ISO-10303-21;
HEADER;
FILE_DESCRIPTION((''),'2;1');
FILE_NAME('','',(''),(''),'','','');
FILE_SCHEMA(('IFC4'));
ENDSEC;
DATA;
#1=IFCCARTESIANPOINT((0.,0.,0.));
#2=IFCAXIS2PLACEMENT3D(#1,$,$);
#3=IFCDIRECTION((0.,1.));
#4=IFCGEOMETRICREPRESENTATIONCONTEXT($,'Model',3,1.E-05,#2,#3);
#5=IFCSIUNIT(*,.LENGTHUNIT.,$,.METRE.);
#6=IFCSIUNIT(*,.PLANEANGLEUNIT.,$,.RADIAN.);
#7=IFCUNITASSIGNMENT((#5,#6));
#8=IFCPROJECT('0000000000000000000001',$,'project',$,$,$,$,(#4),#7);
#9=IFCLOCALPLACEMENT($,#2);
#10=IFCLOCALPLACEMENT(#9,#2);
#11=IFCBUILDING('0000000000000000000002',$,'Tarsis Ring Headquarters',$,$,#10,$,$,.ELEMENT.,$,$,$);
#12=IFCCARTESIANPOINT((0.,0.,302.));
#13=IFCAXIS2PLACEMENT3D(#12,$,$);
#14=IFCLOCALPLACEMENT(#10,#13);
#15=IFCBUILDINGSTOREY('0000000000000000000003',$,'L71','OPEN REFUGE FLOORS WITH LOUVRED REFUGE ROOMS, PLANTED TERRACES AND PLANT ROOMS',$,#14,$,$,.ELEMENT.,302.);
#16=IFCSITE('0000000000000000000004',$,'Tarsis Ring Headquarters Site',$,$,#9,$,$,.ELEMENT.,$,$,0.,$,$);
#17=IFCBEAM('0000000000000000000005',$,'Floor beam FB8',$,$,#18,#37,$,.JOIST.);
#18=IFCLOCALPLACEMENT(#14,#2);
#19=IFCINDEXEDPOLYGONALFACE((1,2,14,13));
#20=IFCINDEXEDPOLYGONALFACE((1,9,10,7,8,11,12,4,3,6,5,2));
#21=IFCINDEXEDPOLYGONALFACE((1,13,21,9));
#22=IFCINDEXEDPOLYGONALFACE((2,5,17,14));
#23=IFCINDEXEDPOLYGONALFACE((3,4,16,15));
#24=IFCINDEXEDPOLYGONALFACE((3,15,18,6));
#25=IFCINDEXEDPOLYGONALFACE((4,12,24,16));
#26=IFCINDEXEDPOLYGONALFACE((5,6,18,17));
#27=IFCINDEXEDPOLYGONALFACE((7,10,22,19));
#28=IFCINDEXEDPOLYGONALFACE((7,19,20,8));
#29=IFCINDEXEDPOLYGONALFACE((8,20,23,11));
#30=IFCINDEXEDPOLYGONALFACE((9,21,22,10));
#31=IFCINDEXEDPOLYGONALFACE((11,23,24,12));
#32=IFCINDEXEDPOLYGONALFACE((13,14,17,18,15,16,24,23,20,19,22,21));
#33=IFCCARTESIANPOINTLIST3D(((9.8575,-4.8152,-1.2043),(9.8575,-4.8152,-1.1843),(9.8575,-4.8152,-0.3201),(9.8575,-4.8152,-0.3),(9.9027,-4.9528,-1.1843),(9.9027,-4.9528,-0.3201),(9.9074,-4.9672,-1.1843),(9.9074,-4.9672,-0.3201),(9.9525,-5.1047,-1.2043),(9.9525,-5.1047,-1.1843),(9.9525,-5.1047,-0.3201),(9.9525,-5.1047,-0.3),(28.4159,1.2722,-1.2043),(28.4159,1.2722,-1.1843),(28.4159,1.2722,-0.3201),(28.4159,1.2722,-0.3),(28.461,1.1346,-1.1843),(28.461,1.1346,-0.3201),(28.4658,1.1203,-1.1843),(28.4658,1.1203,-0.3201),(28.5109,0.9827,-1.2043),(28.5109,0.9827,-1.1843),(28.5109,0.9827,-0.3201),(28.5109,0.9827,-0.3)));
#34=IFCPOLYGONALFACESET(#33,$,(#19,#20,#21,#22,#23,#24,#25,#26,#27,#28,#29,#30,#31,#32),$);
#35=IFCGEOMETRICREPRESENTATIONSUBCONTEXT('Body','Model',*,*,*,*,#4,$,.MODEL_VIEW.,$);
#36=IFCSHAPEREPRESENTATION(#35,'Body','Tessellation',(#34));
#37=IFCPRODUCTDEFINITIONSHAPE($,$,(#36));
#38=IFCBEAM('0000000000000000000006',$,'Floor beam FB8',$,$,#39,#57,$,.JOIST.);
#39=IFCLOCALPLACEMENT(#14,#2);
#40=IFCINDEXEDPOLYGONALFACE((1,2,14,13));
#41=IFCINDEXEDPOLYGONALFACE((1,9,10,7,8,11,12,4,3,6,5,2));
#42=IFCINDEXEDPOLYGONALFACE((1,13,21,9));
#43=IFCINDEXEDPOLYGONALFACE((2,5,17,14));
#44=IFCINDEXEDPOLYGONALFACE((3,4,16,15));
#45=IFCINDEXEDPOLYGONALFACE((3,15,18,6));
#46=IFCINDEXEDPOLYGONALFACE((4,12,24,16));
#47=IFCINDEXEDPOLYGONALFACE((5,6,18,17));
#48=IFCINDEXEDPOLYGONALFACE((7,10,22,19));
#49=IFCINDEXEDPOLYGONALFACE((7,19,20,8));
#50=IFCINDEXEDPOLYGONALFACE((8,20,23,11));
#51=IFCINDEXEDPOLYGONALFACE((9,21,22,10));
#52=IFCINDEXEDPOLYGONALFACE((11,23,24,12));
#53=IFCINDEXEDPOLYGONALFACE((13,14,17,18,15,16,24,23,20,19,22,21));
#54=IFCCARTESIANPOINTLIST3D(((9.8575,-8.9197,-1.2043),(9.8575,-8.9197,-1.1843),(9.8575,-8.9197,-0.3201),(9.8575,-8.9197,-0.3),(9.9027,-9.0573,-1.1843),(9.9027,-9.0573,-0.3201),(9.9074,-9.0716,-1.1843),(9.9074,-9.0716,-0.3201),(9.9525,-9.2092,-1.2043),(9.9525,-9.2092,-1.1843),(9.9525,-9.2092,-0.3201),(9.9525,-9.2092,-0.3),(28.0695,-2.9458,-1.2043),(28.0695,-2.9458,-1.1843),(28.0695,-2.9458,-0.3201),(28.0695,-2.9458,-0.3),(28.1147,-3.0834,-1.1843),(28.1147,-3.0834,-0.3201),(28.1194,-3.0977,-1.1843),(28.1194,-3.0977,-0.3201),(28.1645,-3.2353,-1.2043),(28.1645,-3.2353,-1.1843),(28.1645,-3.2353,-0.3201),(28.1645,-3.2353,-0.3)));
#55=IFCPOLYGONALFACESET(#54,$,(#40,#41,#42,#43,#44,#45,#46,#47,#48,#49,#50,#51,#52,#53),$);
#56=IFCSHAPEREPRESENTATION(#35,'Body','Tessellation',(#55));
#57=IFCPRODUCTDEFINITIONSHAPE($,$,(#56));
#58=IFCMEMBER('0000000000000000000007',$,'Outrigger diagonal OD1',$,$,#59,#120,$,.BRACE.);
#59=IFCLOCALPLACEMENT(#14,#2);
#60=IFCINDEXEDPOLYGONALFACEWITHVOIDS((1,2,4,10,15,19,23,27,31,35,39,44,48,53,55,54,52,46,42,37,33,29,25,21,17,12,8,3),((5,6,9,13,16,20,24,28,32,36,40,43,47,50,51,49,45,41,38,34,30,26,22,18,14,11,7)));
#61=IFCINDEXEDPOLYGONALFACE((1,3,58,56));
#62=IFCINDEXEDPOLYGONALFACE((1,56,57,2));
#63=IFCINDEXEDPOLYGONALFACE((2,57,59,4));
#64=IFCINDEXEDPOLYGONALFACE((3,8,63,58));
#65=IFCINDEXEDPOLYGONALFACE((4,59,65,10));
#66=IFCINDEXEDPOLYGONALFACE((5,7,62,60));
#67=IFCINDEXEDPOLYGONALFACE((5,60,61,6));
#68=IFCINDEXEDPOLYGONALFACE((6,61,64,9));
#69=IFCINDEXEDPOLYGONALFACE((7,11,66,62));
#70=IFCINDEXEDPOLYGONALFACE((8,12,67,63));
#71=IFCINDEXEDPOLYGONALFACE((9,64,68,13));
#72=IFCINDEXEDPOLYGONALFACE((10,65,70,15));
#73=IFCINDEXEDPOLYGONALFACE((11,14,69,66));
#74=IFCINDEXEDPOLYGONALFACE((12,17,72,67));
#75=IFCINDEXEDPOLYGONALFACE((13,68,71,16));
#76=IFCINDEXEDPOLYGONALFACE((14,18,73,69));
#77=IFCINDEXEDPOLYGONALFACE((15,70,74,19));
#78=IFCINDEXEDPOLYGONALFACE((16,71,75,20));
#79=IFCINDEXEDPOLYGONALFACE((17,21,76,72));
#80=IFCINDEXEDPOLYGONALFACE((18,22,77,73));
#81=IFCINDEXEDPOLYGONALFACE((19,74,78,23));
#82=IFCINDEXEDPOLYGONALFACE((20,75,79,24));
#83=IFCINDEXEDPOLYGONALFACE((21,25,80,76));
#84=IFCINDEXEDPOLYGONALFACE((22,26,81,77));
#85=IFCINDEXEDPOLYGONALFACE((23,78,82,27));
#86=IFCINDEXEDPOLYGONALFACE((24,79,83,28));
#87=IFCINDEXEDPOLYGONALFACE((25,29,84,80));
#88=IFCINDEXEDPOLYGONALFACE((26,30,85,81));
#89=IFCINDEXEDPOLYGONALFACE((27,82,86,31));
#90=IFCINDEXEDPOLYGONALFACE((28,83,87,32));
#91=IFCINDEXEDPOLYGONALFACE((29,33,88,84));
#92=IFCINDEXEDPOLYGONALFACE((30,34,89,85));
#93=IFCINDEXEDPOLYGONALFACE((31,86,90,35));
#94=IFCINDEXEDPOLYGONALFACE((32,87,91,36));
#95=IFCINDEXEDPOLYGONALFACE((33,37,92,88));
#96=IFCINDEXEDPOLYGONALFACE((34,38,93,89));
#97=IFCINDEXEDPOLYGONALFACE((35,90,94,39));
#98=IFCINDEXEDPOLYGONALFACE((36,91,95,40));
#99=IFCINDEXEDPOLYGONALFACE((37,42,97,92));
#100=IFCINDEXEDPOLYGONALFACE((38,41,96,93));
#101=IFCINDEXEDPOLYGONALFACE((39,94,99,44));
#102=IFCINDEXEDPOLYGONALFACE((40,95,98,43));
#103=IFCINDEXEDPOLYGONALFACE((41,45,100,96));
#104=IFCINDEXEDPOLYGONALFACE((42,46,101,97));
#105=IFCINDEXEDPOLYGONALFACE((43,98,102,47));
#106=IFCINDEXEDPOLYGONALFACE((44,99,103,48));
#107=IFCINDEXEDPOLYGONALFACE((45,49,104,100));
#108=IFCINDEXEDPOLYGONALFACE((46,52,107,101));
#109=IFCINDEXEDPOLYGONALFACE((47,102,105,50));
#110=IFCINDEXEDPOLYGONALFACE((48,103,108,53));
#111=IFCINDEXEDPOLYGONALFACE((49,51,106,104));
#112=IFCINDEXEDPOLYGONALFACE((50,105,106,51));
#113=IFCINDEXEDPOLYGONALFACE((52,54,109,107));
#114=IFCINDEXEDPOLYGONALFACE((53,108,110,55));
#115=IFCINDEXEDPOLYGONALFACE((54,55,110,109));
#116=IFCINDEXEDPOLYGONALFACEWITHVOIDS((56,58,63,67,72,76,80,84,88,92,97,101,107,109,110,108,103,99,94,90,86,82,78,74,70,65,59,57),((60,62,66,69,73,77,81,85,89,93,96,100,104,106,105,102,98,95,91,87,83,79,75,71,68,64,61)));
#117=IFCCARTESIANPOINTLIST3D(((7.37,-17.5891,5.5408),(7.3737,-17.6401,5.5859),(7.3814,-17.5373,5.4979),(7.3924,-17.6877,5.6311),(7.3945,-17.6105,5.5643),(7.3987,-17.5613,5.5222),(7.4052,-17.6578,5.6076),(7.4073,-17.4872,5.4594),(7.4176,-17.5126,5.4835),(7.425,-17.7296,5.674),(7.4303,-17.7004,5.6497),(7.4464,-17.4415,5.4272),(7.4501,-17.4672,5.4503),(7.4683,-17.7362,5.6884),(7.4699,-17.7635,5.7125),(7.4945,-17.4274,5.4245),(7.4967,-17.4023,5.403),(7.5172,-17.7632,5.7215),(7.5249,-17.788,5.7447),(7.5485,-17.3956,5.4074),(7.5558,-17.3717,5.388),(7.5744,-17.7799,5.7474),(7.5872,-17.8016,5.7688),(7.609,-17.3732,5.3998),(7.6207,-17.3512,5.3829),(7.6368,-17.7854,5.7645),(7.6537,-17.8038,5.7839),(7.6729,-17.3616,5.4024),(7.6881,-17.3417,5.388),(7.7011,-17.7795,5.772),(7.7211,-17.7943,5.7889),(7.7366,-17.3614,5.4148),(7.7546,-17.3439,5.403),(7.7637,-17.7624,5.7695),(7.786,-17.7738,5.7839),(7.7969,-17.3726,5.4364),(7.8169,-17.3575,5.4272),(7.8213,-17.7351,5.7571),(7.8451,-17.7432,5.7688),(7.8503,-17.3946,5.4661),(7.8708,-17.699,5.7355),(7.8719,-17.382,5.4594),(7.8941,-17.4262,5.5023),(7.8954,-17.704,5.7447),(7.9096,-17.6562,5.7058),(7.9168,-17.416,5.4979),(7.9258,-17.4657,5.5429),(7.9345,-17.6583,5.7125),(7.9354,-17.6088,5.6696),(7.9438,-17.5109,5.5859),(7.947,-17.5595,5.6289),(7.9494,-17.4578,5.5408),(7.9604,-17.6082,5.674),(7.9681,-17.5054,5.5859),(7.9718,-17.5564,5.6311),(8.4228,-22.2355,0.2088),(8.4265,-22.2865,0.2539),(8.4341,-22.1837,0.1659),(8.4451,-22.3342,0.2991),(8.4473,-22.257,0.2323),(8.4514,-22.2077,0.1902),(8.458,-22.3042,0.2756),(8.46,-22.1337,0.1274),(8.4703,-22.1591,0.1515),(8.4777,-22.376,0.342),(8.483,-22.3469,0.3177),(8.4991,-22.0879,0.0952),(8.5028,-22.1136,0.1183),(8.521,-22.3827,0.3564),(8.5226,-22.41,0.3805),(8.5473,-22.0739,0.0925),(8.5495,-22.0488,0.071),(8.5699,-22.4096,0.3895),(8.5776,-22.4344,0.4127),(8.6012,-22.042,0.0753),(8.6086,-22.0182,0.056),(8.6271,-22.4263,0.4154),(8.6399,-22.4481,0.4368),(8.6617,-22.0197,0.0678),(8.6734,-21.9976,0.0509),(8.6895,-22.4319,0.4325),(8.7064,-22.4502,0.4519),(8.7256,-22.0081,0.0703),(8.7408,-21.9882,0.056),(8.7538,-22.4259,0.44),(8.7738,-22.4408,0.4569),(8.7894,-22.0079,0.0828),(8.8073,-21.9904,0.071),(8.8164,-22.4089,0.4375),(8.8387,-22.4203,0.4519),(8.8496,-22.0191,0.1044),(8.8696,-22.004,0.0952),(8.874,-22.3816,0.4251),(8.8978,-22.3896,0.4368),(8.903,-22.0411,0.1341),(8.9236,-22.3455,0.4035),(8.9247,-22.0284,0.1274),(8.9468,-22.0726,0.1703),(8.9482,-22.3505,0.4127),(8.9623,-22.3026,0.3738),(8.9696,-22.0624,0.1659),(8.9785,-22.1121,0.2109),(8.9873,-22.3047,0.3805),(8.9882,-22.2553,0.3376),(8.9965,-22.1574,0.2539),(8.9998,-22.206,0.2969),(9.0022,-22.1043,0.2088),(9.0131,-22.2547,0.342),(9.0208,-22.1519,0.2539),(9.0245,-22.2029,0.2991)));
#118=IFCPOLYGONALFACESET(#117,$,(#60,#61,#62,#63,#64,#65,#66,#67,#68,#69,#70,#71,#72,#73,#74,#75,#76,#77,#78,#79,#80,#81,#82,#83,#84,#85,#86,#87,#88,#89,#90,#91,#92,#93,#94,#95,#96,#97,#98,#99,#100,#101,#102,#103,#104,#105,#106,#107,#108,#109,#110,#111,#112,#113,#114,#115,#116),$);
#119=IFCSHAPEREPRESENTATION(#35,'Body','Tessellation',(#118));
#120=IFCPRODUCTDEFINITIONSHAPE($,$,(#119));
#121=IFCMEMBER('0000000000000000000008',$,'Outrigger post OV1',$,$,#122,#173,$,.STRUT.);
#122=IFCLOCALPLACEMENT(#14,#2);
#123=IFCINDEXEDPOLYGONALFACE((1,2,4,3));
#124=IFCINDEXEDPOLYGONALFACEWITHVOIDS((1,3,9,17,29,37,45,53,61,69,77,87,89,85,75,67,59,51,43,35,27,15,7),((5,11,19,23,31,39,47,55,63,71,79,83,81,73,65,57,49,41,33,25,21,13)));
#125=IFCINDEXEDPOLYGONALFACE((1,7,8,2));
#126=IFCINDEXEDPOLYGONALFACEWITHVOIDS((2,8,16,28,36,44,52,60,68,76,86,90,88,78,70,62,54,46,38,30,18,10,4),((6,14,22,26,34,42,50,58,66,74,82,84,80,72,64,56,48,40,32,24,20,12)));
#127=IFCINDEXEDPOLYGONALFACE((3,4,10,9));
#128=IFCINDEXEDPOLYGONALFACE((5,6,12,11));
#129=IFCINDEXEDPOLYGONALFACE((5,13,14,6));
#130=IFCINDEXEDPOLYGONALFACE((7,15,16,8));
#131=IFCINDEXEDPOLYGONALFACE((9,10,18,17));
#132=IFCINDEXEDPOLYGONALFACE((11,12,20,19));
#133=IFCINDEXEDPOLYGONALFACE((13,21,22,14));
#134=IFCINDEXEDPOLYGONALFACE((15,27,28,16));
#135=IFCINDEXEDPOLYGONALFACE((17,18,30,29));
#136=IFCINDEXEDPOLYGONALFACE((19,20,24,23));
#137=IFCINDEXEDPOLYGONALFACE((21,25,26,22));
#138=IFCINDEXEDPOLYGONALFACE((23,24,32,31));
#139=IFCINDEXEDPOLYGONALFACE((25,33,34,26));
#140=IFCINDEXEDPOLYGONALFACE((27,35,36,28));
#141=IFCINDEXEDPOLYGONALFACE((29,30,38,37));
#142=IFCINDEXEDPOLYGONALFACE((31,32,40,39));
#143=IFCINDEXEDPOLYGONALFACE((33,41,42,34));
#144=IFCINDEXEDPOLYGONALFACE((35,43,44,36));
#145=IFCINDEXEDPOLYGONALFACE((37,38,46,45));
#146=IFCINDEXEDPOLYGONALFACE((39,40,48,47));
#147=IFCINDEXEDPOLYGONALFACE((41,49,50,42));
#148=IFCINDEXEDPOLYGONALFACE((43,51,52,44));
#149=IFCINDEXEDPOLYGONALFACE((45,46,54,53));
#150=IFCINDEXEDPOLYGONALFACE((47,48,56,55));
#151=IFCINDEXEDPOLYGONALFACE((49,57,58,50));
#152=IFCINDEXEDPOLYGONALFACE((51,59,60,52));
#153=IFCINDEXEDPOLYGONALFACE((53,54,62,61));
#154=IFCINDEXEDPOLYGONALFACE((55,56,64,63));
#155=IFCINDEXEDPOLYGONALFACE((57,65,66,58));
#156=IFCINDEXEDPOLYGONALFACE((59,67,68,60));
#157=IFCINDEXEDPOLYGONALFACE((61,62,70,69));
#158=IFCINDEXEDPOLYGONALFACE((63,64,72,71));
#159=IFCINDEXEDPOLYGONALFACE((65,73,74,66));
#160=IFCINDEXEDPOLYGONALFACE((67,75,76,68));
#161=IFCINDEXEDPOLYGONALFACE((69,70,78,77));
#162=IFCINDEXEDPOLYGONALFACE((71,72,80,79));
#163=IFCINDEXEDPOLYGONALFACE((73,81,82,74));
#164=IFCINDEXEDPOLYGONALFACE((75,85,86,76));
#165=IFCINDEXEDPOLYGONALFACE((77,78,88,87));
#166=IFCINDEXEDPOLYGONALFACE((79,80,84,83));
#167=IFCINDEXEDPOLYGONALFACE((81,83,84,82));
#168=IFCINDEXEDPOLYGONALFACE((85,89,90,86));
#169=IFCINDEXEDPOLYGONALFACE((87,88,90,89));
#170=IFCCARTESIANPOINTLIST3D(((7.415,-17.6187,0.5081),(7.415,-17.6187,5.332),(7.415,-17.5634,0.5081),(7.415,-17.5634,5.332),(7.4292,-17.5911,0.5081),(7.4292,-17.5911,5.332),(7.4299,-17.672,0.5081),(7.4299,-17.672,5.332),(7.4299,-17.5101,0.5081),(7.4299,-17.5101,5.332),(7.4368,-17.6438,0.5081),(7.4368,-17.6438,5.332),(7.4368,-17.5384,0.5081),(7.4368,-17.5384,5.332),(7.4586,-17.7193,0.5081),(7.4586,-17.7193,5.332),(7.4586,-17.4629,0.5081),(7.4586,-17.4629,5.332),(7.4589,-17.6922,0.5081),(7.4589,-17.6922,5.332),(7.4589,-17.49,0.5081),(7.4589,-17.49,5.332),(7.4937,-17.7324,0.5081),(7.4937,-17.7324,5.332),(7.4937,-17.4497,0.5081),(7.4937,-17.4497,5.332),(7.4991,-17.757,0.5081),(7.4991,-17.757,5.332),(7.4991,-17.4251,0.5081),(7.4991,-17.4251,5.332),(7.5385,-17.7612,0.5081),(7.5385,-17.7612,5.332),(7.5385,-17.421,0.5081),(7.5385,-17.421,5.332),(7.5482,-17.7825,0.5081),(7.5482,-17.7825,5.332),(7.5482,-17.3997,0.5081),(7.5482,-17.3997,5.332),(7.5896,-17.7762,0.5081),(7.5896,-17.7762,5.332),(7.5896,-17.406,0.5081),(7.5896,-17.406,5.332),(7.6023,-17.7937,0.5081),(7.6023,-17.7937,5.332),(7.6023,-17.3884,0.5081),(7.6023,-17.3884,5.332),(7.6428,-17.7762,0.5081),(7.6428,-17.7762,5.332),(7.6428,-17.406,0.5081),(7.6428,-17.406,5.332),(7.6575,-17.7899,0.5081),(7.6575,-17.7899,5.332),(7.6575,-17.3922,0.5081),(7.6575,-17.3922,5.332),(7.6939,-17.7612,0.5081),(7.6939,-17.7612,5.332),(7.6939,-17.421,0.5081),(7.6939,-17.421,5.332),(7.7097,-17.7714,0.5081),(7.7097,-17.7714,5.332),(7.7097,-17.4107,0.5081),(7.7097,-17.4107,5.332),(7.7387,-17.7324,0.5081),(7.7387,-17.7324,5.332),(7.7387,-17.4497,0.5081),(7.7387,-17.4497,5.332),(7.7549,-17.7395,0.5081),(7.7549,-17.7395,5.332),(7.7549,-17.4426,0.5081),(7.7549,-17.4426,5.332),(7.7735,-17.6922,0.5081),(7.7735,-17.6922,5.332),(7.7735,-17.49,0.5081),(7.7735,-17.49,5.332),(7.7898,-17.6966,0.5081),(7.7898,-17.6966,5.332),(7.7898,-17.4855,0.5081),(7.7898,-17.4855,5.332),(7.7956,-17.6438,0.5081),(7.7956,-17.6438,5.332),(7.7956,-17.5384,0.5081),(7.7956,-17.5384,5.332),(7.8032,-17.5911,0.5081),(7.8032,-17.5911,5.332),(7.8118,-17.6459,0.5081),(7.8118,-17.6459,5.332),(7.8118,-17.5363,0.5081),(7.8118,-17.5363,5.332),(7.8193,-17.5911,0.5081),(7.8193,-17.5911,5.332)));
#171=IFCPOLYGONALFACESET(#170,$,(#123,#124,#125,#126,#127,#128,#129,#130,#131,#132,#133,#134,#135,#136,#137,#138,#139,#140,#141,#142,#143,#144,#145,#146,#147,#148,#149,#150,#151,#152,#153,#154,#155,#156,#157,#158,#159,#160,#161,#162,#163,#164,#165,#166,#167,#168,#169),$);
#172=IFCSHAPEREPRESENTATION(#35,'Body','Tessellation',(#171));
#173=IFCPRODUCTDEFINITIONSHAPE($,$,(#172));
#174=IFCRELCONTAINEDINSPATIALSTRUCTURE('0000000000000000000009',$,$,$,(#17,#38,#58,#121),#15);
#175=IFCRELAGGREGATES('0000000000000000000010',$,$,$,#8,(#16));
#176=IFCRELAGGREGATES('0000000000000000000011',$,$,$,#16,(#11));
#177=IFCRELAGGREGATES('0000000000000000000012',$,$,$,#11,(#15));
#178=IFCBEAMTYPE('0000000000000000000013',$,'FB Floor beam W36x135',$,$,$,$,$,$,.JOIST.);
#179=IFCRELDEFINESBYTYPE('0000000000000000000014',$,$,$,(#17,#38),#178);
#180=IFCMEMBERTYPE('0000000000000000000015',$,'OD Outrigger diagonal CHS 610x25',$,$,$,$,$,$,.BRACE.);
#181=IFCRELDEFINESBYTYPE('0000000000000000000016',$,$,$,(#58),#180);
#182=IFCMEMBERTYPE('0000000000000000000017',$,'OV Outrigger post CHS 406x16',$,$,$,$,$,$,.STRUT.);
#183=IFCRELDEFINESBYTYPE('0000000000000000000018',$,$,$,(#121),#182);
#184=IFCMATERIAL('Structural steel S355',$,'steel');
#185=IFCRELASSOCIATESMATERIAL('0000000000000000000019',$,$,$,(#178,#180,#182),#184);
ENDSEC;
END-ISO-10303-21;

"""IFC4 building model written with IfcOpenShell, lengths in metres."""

from ifc_helpers import new_model, si_unit, direction, frame, origin, origin_2d, place, context, subcontext, project, spatial, hollow_circle, i_section, extrude, material, material_profile, profile_set, type_object, element, save


model = new_model("IFC4")

# Units and contexts
model_context = context("Model", 3, precision=1e-05, world=origin(), true_north=direction((0.0, 1.0)))
body_context = subcontext(model_context, "Body", "Model", "MODEL_VIEW")
ifc_project = project(units=[si_unit("LENGTHUNIT", "METRE"), si_unit("PLANEANGLEUNIT", "RADIAN")], contexts=[model_context])

# Site, building, storey
site_placement = place(None, origin())
site = spatial("IfcSite", under=ifc_project, at=site_placement, Name="Tarsis Ring Headquarters Site", CompositionType="ELEMENT", RefElevation=0.0)
building_placement = place(site_placement, origin())
building = spatial("IfcBuilding", under=site, at=building_placement, Name="Tarsis Ring Headquarters", CompositionType="ELEMENT")
storey_placement = place(building_placement, frame((0.0, 0.0, 302.0)))
storey = spatial("IfcBuildingStorey", under=building, at=storey_placement, Name="L71", Description="OPEN REFUGE FLOORS WITH LOUVRED REFUGE ROOMS, PLANTED TERRACES AND PLANT ROOMS", CompositionType="ELEMENT", Elevation=302.0)

# Beams
ifc_material_1 = material(Name="Structural steel S355", Category="steel")
ifc_material_profile_1 = material_profile(ifc_material_1, i_section(OverallWidth=0.3047, OverallDepth=0.9043, WebThickness=0.0151, FlangeThickness=0.02, at=origin_2d()), Name="W36x135")
ifc_profile_set_1 = profile_set([ifc_material_profile_1], Name="Structural steel S355")
beam_type = type_object("IfcBeamType", Name="FB Floor beam W36x135", PredefinedType="JOIST", material=ifc_profile_set_1)
beam_1_placement = place(storey_placement, frame((9.905, -4.96, -0.7522), z_axis=(0.950189, 0.311675, 0.0), x_axis=(-0.311675, 0.950189, 0.0)))
element("IfcBeam", 1, at=beam_1_placement, inside=storey, type_object=beam_type, Name="Floor beam FB8", PredefinedType="JOIST", context=body_context, shape_type="SweptSolid", body=[
    extrude(i_section(OverallWidth=0.3047, OverallDepth=0.9043, WebThickness=0.0151, FlangeThickness=0.02, at=origin_2d()), origin(), (0.0, 0.0, 1.0), 19.5312),
])
beam_2_placement = place(storey_placement, frame((9.905, -9.0645, -0.7522), z_axis=(0.950187, 0.311681, 0.0), x_axis=(-0.311681, 0.950187, 0.0)))
element("IfcBeam", 2, at=beam_2_placement, inside=storey, type_object=beam_type, Name="Floor beam FB8", PredefinedType="JOIST", context=body_context, shape_type="SweptSolid", body=[
    extrude(i_section(OverallWidth=0.3047, OverallDepth=0.9043, WebThickness=0.0151, FlangeThickness=0.02, at=origin_2d()), origin(), (0.0, 0.0, 1.0), 19.1667),
])

# Members
ifc_material_profile_2 = material_profile(ifc_material_1, hollow_circle(Radius=0.3047, WallThickness=0.0249, at=origin_2d()), Name="CHS 610x25")
ifc_profile_set_2 = profile_set([ifc_material_profile_2], Name="Structural steel S355")
member_type_1 = type_object("IfcMemberType", Name="OD Outrigger diagonal CHS 610x25", PredefinedType="BRACE", material=ifc_profile_set_2)
member_1_placement = place(storey_placement, frame((7.6709, -17.5728, 5.5859), z_axis=(0.147227, -0.649819, -0.745694), x_axis=(0.975282, 0.220965, 0.0)))
element("IfcMember", 3, at=member_1_placement, inside=storey, type_object=member_type_1, Name="Outrigger diagonal OD1", PredefinedType="BRACE", context=body_context, shape_type="SweptSolid", body=[
    extrude(hollow_circle(Radius=0.3047, WallThickness=0.0249, at=origin_2d()), origin(), (0.0, 0.0, 1.0), 7.1504),
])
ifc_material_profile_3 = material_profile(ifc_material_1, hollow_circle(Radius=0.2031, WallThickness=0.0161, at=origin_2d()), Name="CHS 406x16")
ifc_profile_set_3 = profile_set([ifc_material_profile_3], Name="Structural steel S355")
member_type_2 = type_object("IfcMemberType", Name="OV Outrigger post CHS 406x16", PredefinedType="STRUT", material=ifc_profile_set_3)
member_2_placement = place(storey_placement, frame((7.6162, -17.5911, 0.5081), z_axis=(0.0, 0.0, 1.0), x_axis=(1.0, 0.0, 0.0)))
element("IfcMember", 4, at=member_2_placement, inside=storey, type_object=member_type_2, Name="Outrigger post OV1", PredefinedType="STRUT", context=body_context, shape_type="SweptSolid", body=[
    extrude(hollow_circle(Radius=0.2031, WallThickness=0.0161, at=origin_2d()), origin(), (0.0, 0.0, 1.0), 4.824),
])

save(model, "model.ifc")
